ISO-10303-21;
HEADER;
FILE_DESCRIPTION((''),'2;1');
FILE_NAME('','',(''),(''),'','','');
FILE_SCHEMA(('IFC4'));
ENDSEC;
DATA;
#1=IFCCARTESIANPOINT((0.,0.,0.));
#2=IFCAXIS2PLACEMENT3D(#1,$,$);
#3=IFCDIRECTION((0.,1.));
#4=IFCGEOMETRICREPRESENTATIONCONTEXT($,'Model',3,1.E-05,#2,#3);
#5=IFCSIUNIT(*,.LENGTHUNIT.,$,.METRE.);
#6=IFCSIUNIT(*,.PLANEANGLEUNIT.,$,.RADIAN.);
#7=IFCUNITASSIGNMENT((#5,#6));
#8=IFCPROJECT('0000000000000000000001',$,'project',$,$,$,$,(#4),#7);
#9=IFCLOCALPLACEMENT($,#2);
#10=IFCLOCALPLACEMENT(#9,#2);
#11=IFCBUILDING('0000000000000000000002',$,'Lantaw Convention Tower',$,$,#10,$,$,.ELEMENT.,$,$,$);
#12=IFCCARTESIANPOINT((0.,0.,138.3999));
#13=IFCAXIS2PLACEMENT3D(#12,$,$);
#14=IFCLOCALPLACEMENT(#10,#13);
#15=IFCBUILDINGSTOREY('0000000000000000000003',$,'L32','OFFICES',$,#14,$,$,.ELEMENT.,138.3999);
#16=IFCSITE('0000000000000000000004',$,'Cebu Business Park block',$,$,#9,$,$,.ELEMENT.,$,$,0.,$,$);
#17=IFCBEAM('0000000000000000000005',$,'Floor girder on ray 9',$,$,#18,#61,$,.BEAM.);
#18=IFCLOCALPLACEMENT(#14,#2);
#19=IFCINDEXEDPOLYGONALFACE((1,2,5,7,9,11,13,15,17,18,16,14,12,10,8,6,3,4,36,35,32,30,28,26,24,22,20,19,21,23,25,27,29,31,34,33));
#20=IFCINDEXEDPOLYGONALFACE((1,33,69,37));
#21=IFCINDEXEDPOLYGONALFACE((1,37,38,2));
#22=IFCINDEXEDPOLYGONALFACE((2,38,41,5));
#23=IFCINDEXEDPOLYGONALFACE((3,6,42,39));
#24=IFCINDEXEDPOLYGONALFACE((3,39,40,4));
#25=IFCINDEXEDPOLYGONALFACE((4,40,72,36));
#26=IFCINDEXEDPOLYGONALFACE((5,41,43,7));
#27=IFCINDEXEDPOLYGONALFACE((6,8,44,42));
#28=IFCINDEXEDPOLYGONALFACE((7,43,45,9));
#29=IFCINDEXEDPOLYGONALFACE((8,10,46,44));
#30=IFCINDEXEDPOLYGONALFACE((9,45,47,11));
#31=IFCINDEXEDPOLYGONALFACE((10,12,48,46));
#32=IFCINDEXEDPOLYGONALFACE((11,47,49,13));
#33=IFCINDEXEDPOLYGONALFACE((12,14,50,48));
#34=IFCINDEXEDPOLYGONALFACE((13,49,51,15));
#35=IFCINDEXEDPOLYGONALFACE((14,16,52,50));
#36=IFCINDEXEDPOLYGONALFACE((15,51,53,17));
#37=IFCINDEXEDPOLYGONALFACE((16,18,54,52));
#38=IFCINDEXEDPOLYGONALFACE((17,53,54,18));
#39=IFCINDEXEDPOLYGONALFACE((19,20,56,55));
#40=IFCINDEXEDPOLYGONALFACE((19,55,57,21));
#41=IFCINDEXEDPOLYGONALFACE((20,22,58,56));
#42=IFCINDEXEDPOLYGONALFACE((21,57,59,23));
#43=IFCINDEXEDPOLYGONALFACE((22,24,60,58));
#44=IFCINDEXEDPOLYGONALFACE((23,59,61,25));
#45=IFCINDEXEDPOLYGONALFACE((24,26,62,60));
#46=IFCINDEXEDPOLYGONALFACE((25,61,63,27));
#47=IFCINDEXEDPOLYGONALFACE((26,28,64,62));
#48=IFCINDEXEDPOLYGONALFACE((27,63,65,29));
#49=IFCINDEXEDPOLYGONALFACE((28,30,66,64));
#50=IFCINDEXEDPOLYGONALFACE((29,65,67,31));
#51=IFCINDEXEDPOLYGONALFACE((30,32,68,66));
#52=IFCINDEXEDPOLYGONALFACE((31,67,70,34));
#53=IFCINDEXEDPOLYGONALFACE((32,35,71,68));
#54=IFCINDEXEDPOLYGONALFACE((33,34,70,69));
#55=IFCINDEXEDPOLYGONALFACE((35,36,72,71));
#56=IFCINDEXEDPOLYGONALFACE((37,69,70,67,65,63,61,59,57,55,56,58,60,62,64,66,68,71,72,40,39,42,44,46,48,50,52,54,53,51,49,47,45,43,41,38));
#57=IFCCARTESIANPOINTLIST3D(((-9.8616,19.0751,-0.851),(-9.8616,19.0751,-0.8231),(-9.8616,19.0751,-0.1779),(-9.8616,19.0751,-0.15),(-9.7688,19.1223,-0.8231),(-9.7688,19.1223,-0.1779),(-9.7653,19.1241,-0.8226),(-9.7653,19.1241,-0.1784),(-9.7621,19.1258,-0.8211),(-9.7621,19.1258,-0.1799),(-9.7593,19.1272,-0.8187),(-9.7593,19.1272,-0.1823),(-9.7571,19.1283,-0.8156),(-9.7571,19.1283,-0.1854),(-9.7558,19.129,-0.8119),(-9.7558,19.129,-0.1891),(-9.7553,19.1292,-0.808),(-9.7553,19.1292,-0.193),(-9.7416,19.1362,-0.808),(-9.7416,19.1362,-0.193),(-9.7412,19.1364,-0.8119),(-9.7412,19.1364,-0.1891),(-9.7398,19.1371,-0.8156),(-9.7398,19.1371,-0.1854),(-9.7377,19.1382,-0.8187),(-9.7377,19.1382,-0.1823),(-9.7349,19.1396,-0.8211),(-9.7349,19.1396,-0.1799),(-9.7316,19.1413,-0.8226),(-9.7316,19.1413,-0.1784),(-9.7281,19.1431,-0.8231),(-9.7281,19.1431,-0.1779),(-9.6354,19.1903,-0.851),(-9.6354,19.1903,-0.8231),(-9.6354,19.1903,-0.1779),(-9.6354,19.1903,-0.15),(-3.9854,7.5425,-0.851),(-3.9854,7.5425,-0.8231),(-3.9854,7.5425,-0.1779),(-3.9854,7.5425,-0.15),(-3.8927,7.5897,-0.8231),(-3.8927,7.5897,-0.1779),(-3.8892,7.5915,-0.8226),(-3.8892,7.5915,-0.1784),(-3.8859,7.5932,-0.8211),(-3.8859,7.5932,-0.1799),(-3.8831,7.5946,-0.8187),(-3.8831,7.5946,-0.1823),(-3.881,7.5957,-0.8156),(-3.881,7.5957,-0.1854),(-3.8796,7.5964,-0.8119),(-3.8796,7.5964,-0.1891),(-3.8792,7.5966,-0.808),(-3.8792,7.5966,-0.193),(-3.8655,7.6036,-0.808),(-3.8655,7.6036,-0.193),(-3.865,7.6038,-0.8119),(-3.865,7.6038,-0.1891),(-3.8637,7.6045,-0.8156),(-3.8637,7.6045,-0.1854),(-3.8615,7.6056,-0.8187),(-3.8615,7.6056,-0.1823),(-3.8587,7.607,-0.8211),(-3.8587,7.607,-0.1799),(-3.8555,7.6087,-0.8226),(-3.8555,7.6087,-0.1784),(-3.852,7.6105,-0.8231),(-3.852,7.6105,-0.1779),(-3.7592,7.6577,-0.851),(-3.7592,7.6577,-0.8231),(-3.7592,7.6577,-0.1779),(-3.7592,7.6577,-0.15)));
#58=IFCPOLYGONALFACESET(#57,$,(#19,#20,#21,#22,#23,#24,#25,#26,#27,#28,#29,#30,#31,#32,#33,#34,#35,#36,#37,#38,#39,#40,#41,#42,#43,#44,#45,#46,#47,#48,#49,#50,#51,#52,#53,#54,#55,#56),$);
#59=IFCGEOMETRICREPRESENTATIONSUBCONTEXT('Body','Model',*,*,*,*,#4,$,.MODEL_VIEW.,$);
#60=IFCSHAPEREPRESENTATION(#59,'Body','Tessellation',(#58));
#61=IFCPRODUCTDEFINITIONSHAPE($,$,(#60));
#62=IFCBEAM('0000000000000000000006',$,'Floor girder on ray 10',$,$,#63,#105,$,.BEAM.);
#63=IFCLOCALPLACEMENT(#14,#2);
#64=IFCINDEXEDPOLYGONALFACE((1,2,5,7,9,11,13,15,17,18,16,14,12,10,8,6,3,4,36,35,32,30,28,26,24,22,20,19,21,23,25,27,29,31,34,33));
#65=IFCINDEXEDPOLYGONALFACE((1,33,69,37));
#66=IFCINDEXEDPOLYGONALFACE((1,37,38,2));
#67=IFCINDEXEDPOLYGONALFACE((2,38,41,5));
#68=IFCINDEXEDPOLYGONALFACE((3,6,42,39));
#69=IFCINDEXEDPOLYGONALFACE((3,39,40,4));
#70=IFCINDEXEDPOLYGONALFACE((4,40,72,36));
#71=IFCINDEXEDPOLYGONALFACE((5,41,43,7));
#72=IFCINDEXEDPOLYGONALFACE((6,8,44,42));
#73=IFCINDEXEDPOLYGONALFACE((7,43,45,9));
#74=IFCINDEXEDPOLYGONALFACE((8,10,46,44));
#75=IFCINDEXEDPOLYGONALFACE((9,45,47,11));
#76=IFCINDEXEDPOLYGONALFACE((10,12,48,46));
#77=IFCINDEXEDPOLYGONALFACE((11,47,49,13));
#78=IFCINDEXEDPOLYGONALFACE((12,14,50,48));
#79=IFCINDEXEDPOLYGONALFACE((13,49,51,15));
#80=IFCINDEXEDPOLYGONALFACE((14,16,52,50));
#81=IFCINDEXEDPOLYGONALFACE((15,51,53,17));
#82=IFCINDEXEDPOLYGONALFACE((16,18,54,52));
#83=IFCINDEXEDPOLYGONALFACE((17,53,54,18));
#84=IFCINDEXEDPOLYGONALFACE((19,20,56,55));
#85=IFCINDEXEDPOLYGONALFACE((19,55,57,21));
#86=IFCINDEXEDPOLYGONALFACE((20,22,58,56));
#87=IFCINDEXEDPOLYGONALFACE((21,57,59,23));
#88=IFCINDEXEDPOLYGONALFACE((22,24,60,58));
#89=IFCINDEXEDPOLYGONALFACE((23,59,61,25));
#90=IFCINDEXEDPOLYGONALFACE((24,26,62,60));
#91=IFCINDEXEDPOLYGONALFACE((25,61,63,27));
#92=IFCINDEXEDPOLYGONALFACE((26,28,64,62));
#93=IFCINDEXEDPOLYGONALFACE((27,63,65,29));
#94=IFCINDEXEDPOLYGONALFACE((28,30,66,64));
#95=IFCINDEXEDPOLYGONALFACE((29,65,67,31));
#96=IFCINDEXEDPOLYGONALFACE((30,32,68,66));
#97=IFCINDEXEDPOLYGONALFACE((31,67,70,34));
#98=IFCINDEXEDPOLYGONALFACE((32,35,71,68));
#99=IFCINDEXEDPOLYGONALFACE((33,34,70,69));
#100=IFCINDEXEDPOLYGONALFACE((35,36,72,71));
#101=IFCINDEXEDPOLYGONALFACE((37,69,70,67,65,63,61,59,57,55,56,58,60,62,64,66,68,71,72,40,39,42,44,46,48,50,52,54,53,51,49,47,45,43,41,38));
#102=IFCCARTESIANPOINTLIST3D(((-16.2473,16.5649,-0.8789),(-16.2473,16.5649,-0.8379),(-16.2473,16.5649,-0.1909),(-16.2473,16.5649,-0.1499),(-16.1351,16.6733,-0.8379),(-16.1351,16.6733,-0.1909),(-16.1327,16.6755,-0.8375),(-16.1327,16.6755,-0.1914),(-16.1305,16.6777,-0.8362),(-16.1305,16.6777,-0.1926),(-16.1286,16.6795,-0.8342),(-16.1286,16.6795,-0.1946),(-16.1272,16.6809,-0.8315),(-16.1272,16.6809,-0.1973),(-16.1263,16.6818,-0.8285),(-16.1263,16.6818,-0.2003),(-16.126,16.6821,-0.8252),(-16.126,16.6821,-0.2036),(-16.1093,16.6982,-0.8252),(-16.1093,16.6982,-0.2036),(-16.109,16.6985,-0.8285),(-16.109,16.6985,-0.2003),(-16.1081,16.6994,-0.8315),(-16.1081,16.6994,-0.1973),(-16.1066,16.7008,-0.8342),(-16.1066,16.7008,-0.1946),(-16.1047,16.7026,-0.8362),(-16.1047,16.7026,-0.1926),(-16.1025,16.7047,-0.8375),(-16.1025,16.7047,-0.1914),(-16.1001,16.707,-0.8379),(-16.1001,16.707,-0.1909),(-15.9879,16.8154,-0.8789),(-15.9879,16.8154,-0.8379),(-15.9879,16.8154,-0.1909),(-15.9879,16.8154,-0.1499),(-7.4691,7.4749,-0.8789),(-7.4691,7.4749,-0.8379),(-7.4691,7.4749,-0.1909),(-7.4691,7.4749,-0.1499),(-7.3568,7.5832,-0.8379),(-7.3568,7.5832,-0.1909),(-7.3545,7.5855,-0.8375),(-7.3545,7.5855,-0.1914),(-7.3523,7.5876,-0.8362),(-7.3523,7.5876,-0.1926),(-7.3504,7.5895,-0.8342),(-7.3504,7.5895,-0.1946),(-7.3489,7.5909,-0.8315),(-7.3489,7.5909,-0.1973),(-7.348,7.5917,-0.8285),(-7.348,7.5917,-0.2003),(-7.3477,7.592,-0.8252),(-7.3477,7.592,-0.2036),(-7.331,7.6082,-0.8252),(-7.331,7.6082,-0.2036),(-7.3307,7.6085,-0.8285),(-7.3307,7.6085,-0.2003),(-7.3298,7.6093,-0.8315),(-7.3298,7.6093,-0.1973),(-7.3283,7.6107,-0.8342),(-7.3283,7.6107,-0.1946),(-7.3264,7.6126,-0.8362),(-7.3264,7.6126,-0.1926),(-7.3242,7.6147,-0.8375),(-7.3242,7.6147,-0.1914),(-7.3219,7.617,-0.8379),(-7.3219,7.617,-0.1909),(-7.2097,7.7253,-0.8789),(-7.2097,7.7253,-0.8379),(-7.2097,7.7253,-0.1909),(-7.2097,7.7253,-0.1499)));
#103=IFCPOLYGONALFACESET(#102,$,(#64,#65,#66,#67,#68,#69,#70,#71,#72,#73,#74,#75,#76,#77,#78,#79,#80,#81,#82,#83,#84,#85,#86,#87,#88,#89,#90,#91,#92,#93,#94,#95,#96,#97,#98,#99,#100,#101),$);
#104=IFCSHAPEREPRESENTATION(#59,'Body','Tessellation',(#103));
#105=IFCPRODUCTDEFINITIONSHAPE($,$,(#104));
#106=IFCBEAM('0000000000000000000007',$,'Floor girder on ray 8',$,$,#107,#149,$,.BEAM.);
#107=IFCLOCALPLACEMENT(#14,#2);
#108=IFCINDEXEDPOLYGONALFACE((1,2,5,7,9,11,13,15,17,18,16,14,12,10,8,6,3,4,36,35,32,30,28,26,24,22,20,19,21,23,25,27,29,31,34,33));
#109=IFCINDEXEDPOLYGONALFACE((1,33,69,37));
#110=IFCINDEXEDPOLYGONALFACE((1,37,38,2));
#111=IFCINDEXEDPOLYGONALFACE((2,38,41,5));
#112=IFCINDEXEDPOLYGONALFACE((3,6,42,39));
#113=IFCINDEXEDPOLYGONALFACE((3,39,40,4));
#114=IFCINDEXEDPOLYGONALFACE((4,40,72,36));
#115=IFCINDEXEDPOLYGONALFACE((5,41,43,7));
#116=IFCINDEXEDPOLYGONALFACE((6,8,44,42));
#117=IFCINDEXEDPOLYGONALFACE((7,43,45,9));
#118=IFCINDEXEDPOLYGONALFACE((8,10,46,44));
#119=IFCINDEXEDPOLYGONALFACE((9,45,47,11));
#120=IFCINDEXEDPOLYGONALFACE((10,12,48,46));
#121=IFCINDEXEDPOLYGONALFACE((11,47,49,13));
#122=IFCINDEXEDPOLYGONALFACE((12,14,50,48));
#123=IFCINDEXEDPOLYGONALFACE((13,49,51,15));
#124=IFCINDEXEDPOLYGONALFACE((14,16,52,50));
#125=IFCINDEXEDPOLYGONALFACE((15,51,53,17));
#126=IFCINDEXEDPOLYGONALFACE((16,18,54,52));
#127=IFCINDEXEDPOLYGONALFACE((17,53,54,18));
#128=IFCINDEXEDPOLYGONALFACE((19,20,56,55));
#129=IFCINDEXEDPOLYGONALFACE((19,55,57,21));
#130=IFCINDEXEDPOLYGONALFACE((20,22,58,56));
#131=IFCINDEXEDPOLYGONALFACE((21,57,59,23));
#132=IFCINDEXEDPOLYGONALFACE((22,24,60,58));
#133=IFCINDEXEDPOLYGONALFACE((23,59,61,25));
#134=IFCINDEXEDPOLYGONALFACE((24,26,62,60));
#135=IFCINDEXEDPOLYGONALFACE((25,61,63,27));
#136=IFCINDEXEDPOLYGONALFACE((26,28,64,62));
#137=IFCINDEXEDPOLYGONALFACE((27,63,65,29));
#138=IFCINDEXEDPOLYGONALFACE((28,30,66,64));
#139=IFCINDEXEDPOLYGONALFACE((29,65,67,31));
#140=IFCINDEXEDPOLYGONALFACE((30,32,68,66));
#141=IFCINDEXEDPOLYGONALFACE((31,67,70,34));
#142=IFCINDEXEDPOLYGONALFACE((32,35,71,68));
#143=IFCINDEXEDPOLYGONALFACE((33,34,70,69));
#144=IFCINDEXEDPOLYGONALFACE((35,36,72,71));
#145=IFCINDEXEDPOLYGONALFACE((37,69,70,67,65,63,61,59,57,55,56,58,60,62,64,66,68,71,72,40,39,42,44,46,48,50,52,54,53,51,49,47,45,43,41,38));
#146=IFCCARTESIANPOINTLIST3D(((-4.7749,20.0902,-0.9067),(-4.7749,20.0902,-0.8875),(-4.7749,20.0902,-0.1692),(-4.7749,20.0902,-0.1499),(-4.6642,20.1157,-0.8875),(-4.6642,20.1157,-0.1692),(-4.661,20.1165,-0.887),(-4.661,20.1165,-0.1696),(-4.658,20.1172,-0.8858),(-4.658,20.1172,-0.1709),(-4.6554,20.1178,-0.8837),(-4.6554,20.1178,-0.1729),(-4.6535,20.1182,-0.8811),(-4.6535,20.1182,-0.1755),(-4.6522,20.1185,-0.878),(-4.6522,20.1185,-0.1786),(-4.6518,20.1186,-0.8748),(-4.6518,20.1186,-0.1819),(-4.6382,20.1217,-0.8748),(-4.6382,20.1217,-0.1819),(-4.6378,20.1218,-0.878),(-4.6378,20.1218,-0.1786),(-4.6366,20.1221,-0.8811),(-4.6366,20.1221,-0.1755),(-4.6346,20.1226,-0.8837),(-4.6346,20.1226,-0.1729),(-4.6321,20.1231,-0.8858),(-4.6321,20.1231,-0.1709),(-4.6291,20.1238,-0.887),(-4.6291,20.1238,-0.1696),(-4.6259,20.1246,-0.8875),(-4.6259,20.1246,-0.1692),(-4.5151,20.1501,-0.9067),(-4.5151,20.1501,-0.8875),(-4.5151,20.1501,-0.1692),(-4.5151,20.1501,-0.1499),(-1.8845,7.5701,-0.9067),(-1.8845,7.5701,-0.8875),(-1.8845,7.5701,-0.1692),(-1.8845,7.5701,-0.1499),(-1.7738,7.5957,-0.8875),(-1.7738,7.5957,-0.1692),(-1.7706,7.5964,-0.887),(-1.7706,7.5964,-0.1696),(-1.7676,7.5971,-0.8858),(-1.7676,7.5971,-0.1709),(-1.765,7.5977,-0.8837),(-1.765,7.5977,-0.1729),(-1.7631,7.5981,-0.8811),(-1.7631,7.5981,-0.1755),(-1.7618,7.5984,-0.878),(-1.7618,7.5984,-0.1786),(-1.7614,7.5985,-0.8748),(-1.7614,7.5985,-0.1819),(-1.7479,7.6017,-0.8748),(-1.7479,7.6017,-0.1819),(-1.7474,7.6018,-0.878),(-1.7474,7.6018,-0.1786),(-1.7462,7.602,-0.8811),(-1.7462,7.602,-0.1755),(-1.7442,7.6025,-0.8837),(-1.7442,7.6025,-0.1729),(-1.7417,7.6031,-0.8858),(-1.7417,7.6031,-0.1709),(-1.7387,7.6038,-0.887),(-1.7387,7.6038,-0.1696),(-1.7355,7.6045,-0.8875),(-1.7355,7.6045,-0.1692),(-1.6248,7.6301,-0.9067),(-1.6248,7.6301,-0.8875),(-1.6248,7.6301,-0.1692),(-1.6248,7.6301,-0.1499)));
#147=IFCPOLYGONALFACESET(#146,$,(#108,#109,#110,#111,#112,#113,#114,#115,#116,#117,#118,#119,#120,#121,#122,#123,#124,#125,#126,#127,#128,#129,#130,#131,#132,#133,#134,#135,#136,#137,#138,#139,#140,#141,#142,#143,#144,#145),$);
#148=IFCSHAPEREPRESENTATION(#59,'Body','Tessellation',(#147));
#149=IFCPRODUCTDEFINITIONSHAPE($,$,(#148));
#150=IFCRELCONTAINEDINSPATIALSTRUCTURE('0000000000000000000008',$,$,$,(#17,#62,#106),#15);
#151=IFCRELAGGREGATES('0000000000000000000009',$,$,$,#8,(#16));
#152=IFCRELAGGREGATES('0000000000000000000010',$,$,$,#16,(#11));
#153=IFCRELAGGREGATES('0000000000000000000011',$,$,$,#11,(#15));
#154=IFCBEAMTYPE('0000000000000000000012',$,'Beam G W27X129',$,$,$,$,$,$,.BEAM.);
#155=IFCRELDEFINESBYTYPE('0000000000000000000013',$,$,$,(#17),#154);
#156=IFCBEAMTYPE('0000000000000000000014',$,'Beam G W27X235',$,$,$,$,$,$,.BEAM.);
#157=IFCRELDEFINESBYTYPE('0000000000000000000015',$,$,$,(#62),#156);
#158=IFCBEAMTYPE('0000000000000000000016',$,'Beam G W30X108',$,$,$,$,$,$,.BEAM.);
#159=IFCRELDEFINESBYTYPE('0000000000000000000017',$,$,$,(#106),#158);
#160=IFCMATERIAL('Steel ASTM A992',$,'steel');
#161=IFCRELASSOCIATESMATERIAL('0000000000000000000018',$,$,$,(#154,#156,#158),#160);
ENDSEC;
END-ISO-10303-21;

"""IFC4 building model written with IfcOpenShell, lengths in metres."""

from ifc_helpers import new_model, si_unit, direction, frame, origin, origin_2d, place, context, subcontext, project, spatial, i_section, extrude, material, material_profile, profile_set, type_object, element, save


model = new_model("IFC4")

# Units and contexts
model_context = context("Model", 3, precision=1e-05, world=origin(), true_north=direction((0.0, 1.0)))
body_context = subcontext(model_context, "Body", "Model", "MODEL_VIEW")
ifc_project = project(units=[si_unit("LENGTHUNIT", "METRE"), si_unit("PLANEANGLEUNIT", "RADIAN")], contexts=[model_context])

# Site, building, storey
site_placement = place(None, origin())
site = spatial("IfcSite", under=ifc_project, at=site_placement, Name="Cebu Business Park block", CompositionType="ELEMENT", RefElevation=0.0)
building_placement = place(site_placement, origin())
building = spatial("IfcBuilding", under=site, at=building_placement, Name="Lantaw Convention Tower", CompositionType="ELEMENT")
storey_placement = place(building_placement, frame((0.0, 0.0, 138.3999)))
storey = spatial("IfcBuildingStorey", under=building, at=storey_placement, Name="L32", Description="OFFICES", CompositionType="ELEMENT", Elevation=138.3999)

# Beams
ifc_material_1 = material(Name="Steel ASTM A992", Category="steel")
ifc_material_profile_1 = material_profile(ifc_material_1, i_section(OverallWidth=0.2539, OverallDepth=0.7009, WebThickness=0.0154, FlangeThickness=0.0278, FilletRadius=0.0151, at=origin_2d()), Name="W27X129")
ifc_profile_set_1 = profile_set([ifc_material_profile_1], Name="Steel ASTM A992")
beam_type_1 = type_object("IfcBeamType", Name="Beam G W27X129", PredefinedType="BEAM", material=ifc_profile_set_1)
beam_1_placement = place(storey_placement, frame((-3.8723, 7.6001, -0.5005), z_axis=(-0.453991, 0.891006, 0.0), x_axis=(-0.891006, -0.453991, 0.0)))
element("IfcBeam", 1, at=beam_1_placement, inside=storey, type_object=beam_type_1, Name="Floor girder on ray 9", PredefinedType="BEAM", context=body_context, shape_type="SweptSolid", body=[
    extrude(i_section(OverallWidth=0.2539, OverallDepth=0.7009, WebThickness=0.0154, FlangeThickness=0.0278, FilletRadius=0.0151, at=origin_2d()), origin(), (0.0, 0.0, 1.0), 12.9434),
])
ifc_material_profile_2 = material_profile(ifc_material_1, i_section(OverallWidth=0.3606, OverallDepth=0.729, WebThickness=0.0232, FlangeThickness=0.041, FilletRadius=0.0127, at=origin_2d()), Name="W27X235")
ifc_profile_set_2 = profile_set([ifc_material_profile_2], Name="Steel ASTM A992")
beam_type_2 = type_object("IfcBeamType", Name="Beam G W27X235", PredefinedType="BEAM", material=ifc_profile_set_2)
beam_2_placement = place(storey_placement, frame((-7.3394, 7.6001, -0.5144), z_axis=(-0.694663, 0.719335, 0.0), x_axis=(-0.719335, -0.694663, 0.0)))
element("IfcBeam", 2, at=beam_2_placement, inside=storey, type_object=beam_type_2, Name="Floor girder on ray 10", PredefinedType="BEAM", context=body_context, shape_type="SweptSolid", body=[
    extrude(i_section(OverallWidth=0.3606, OverallDepth=0.729, WebThickness=0.0232, FlangeThickness=0.041, FilletRadius=0.0127, at=origin_2d()), origin(), (0.0, 0.0, 1.0), 12.6367),
])
ifc_material_profile_3 = material_profile(ifc_material_1, i_section(OverallWidth=0.2666, OverallDepth=0.7568, WebThickness=0.0139, FlangeThickness=0.0193, FilletRadius=0.0127, at=origin_2d()), Name="W30X108")
ifc_profile_set_3 = profile_set([ifc_material_profile_3], Name="Steel ASTM A992")
beam_type_3 = type_object("IfcBeamType", Name="Beam G W30X108", PredefinedType="BEAM", material=ifc_profile_set_3)
beam_3_placement = place(storey_placement, frame((-1.7546, 7.6001, -0.5283), z_axis=(-0.224944, 0.974372, 0.0), x_axis=(-0.974372, -0.224944, 0.0)))
element("IfcBeam", 3, at=beam_3_placement, inside=storey, type_object=beam_type_3, Name="Floor girder on ray 8", PredefinedType="BEAM", context=body_context, shape_type="SweptSolid", body=[
    extrude(i_section(OverallWidth=0.2666, OverallDepth=0.7568, WebThickness=0.0139, FlangeThickness=0.0193, FilletRadius=0.0127, at=origin_2d()), origin(), (0.0, 0.0, 1.0), 12.8494),
])

save(model, "model.ifc")
